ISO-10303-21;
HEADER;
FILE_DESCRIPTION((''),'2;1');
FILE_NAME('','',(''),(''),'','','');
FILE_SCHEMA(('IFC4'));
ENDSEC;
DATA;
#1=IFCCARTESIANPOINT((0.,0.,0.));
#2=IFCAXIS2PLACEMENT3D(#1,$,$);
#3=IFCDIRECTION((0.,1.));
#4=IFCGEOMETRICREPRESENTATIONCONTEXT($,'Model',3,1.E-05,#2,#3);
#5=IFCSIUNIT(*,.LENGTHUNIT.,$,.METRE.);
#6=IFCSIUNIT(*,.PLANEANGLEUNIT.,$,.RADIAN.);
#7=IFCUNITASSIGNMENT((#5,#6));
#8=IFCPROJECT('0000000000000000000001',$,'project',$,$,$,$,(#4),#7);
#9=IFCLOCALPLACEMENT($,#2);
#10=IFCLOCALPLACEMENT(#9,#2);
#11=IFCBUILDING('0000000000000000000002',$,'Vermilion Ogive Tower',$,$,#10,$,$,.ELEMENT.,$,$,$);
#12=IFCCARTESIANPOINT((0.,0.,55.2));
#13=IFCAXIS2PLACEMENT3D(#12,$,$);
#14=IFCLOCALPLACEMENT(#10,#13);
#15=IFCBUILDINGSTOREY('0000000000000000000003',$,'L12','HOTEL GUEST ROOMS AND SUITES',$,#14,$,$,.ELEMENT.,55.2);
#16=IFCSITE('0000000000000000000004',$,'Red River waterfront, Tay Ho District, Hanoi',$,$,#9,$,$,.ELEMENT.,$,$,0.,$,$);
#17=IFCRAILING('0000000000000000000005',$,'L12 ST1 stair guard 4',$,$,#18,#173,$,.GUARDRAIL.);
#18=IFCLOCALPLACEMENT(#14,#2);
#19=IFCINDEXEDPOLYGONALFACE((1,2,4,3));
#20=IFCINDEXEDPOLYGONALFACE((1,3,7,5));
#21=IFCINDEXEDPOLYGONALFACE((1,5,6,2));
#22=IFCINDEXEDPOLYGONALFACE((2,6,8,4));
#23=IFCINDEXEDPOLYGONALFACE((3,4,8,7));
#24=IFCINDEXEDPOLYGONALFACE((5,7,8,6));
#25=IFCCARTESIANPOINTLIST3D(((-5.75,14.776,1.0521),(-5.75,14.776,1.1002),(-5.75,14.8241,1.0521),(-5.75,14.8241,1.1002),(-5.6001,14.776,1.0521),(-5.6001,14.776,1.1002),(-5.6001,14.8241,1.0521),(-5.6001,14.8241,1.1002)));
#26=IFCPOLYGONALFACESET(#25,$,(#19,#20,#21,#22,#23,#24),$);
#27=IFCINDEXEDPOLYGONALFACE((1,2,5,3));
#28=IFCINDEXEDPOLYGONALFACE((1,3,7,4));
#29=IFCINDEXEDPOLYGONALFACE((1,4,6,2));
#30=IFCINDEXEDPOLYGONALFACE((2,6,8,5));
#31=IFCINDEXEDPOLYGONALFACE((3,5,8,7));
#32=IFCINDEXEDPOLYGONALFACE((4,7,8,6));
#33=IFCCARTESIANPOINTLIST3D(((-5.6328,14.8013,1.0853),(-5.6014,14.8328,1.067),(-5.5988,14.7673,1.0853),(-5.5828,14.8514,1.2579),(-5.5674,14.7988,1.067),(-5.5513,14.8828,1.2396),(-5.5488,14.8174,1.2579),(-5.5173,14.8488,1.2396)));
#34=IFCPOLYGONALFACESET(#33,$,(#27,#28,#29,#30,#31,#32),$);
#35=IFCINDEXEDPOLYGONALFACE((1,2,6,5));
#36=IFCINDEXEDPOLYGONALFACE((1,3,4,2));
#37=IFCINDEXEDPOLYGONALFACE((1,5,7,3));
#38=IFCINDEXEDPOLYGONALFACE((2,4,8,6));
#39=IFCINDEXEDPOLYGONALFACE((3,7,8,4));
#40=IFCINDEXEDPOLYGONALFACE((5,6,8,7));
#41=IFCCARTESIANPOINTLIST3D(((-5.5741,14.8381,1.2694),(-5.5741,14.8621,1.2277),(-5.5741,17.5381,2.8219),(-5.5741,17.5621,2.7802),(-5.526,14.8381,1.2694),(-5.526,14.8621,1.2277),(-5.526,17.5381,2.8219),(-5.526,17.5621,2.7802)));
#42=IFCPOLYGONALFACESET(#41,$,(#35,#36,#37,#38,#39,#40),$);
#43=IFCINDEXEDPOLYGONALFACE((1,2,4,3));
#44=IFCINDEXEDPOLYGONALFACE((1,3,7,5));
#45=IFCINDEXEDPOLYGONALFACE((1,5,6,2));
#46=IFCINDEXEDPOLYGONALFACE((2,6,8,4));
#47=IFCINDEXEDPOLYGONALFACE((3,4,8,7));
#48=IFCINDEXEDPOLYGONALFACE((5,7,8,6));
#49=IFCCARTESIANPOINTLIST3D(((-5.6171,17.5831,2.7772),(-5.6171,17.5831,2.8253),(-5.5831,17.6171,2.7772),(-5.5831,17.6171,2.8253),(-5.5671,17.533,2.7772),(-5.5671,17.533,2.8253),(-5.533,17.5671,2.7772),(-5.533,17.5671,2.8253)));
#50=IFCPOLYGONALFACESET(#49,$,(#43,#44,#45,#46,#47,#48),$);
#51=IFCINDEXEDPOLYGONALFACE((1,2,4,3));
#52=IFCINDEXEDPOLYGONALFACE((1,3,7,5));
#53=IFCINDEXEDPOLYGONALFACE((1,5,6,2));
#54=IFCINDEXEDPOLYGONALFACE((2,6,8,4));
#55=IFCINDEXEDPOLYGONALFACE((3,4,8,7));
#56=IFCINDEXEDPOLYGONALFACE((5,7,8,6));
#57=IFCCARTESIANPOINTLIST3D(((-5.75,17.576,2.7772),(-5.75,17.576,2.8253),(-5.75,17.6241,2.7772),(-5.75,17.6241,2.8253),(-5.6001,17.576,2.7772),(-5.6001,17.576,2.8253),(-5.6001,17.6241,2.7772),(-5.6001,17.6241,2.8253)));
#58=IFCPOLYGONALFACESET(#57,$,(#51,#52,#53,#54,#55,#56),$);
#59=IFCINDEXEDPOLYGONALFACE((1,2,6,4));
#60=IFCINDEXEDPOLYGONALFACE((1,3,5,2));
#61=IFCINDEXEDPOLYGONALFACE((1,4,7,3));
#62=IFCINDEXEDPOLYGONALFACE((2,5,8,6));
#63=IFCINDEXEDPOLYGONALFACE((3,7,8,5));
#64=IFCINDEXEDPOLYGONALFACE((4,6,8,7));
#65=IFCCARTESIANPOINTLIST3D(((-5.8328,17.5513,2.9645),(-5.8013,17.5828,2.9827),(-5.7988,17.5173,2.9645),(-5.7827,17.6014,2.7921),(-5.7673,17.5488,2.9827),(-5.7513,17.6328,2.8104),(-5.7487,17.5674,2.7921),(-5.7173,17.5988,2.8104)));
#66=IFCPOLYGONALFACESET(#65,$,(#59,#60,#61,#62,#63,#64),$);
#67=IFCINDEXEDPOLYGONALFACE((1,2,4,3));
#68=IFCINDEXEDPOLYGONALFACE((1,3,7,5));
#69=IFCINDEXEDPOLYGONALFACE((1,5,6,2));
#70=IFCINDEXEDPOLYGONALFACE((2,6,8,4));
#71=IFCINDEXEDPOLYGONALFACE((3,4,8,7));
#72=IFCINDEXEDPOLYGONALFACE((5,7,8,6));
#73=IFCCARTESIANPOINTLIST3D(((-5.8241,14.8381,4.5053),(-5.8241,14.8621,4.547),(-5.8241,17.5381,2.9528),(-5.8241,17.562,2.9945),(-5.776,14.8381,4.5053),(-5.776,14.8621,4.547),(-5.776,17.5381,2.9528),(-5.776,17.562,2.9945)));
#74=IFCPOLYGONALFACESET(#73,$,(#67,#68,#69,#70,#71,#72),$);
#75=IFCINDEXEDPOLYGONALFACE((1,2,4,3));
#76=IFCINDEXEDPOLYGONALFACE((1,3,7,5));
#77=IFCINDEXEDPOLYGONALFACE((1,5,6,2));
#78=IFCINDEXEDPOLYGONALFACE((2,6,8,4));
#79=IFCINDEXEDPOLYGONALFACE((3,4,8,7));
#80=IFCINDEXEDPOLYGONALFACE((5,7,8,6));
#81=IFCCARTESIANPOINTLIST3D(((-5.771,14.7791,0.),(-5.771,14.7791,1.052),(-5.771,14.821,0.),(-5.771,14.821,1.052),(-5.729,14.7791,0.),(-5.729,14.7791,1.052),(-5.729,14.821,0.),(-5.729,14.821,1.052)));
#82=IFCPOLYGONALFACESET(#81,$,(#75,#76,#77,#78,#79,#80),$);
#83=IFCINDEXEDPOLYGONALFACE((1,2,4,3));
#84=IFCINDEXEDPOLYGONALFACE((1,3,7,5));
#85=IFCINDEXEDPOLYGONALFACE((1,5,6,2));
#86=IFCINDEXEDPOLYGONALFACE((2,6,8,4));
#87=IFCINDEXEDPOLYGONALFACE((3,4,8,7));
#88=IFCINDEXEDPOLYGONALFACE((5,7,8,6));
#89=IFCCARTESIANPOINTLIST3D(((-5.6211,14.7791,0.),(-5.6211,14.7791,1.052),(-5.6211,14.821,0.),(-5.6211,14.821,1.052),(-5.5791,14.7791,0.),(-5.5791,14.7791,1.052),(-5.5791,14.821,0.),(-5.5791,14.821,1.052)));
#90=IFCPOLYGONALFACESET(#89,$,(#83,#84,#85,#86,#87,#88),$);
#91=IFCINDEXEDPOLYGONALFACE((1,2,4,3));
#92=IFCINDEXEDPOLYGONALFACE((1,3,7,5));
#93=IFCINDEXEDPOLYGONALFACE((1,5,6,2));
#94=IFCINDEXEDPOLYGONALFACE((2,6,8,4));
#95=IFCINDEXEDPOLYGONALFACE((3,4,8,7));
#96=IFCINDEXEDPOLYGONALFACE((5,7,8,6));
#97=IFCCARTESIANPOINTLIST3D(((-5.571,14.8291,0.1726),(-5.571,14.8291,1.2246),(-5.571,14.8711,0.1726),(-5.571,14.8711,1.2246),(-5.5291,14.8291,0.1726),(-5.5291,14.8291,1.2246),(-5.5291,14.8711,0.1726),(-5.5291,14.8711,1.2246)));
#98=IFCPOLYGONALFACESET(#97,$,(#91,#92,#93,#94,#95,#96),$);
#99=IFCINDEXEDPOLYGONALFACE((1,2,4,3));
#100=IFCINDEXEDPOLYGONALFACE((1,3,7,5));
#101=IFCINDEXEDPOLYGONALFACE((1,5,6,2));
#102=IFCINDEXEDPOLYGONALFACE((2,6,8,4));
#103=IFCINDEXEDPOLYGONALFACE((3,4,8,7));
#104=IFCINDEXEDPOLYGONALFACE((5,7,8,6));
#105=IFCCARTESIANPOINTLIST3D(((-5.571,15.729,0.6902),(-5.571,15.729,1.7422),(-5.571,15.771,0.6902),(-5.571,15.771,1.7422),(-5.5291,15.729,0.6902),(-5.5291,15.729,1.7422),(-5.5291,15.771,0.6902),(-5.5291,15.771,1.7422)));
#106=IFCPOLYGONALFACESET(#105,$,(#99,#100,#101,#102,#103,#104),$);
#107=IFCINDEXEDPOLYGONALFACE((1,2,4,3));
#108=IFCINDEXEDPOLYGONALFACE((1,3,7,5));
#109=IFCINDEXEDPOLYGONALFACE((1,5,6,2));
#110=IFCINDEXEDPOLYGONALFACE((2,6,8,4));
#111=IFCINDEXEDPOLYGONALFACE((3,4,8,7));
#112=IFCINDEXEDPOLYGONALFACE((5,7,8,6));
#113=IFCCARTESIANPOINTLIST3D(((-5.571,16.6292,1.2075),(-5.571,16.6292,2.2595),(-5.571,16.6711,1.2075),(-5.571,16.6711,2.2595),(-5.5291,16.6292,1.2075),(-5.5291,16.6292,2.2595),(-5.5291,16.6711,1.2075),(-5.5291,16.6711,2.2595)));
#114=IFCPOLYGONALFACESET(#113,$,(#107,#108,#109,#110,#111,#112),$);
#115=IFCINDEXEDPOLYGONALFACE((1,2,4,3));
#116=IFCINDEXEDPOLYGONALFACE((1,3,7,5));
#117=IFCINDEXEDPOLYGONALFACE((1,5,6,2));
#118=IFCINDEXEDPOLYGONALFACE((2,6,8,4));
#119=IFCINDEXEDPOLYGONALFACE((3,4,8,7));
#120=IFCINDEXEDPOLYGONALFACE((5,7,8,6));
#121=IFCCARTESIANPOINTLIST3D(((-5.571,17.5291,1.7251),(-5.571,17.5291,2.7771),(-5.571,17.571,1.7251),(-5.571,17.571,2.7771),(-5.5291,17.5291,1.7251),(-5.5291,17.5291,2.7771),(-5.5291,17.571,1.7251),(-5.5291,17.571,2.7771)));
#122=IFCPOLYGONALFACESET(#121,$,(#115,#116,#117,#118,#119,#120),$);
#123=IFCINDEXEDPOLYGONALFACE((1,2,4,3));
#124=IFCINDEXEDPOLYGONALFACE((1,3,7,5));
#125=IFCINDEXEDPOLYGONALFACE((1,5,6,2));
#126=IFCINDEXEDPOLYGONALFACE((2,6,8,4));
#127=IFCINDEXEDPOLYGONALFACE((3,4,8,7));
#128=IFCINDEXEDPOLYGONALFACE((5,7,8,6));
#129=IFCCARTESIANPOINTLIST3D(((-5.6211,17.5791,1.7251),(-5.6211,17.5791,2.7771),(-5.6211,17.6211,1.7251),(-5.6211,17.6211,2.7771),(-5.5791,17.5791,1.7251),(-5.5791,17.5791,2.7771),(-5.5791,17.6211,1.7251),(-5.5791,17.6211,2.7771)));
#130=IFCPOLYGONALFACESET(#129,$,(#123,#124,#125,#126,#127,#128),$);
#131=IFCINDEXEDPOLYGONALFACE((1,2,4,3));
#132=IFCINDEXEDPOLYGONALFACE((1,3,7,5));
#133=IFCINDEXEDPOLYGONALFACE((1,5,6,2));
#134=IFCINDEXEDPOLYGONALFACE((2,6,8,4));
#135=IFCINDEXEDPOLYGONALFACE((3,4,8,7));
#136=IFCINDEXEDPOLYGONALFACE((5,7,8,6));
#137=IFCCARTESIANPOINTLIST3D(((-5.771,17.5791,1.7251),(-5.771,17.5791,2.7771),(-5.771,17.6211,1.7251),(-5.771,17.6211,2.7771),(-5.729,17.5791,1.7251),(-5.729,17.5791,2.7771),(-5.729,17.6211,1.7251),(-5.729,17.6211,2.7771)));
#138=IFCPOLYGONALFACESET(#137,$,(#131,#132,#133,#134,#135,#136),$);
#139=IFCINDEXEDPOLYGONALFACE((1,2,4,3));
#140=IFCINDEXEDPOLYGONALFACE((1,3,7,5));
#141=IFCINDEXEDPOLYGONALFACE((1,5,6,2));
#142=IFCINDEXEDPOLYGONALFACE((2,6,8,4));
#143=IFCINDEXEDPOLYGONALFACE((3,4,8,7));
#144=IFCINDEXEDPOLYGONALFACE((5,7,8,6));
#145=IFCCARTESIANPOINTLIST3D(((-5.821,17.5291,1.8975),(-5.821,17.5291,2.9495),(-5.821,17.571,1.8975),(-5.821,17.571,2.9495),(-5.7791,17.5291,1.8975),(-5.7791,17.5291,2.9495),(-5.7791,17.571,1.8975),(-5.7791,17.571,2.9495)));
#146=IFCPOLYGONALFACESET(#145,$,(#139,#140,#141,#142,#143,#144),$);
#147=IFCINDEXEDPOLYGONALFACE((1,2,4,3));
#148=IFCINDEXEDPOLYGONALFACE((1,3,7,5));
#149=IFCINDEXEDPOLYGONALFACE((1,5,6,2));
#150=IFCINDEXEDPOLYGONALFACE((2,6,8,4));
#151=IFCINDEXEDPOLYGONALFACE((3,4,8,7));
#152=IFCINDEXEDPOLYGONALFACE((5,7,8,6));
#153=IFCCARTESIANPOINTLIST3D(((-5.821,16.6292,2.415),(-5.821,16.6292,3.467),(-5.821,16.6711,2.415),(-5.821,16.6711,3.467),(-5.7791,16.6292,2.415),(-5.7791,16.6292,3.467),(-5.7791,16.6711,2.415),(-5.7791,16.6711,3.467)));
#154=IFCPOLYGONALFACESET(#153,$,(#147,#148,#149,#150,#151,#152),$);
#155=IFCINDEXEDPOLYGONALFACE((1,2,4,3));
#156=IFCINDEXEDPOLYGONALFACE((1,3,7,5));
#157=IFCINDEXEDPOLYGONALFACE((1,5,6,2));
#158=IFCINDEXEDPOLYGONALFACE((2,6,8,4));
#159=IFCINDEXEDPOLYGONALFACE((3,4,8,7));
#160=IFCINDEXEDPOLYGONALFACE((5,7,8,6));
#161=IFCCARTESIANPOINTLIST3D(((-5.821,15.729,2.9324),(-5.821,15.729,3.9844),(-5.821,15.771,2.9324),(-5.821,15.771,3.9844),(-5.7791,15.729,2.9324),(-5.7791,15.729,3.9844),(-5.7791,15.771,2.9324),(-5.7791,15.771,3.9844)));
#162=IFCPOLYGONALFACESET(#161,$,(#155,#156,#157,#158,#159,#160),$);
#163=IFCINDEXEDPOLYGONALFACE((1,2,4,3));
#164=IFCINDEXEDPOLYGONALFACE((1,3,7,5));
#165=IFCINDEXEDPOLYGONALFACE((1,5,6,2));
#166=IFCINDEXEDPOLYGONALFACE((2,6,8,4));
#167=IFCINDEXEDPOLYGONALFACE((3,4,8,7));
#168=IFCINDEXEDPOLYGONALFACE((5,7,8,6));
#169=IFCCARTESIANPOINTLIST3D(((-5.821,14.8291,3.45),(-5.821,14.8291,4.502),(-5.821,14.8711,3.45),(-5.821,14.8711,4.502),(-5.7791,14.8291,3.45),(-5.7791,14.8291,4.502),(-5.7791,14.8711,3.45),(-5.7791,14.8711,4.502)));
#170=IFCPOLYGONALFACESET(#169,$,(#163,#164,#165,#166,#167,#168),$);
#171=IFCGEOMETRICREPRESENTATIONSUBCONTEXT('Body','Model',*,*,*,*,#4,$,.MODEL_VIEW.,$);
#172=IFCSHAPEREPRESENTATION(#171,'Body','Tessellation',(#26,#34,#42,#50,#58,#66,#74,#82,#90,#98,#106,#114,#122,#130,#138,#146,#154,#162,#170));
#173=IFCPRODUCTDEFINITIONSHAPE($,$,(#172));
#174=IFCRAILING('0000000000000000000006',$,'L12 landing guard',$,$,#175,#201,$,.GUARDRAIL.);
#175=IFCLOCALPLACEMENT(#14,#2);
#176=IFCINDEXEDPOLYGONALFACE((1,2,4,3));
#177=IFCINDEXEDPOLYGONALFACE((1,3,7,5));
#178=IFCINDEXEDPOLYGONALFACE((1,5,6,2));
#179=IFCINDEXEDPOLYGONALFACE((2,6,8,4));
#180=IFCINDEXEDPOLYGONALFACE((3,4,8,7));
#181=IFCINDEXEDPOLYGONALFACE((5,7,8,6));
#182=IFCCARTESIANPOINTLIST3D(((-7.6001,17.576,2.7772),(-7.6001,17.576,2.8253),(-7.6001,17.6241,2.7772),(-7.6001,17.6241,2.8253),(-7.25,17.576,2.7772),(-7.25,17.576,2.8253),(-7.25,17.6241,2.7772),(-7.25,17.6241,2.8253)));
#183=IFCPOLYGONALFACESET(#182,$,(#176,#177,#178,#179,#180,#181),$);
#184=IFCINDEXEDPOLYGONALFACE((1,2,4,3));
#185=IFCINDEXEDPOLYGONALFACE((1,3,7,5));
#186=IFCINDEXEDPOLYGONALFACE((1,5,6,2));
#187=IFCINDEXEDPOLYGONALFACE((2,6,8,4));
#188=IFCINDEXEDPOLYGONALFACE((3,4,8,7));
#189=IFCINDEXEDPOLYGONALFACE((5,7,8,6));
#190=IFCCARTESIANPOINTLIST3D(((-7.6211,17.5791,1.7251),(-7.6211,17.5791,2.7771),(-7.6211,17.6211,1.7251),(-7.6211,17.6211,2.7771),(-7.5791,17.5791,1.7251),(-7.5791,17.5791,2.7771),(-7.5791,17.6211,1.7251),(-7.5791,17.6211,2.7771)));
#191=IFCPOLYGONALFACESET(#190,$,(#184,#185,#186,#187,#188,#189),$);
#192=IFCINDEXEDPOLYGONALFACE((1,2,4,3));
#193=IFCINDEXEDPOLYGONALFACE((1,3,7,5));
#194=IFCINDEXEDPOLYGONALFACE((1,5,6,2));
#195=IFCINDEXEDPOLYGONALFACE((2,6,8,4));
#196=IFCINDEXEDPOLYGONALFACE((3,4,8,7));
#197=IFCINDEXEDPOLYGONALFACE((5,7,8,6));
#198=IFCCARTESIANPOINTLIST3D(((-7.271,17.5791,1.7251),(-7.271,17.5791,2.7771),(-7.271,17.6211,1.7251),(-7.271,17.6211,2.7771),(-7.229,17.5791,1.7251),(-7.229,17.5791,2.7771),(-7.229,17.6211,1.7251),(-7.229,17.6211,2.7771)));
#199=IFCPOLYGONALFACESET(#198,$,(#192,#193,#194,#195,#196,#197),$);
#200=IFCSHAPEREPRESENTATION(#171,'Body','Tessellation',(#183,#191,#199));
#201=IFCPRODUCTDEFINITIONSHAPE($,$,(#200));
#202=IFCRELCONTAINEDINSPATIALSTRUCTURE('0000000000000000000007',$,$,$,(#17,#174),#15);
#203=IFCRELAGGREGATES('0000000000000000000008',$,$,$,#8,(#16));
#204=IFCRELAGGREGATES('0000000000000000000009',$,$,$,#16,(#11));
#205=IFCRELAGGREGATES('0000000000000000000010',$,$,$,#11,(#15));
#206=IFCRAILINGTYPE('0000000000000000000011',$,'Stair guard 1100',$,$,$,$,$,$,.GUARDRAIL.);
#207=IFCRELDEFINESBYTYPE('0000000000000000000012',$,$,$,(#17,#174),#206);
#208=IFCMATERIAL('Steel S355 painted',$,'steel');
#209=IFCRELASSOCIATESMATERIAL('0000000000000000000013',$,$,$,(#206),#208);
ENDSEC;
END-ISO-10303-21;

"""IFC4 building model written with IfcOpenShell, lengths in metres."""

from ifc_helpers import new_model, si_unit, direction, frame, origin, origin_2d, place, context, subcontext, project, spatial, rectangle, extrude, material, type_object, element, save


model = new_model("IFC4")

# Units and contexts
model_context = context("Model", 3, precision=1e-05, world=origin(), true_north=direction((0.0, 1.0)))
body_context = subcontext(model_context, "Body", "Model", "MODEL_VIEW")
ifc_project = project(units=[si_unit("LENGTHUNIT", "METRE"), si_unit("PLANEANGLEUNIT", "RADIAN")], contexts=[model_context])

# Site, building, storey
site_placement = place(None, origin())
site = spatial("IfcSite", under=ifc_project, at=site_placement, Name="Red River waterfront, Tay Ho District, Hanoi", CompositionType="ELEMENT", RefElevation=0.0)
building_placement = place(site_placement, origin())
building = spatial("IfcBuilding", under=site, at=building_placement, Name="Vermilion Ogive Tower", CompositionType="ELEMENT")
storey_placement = place(building_placement, frame((0.0, 0.0, 55.2)))
storey = spatial("IfcBuildingStorey", under=building, at=storey_placement, Name="L12", Description="HOTEL GUEST ROOMS AND SUITES", CompositionType="ELEMENT", Elevation=55.2)

# Railings
ifc_material_1 = material(Name="Steel S355 painted", Category="steel")
railing_type_1 = type_object("IfcRailingType", Name="Stair guard 1100", PredefinedType="GUARDRAIL", material=ifc_material_1)
railing_1_placement = place(storey_placement, frame((-5.75, 14.8, 0.0)))
element("IfcRailing", 1, at=railing_1_placement, inside=storey, type_object=railing_type_1, Name="L12 ST1 stair guard 4", PredefinedType="GUARDRAIL", context=body_context, shape_type="SweptSolid", body=[
    extrude(rectangle(XDim=0.0481, YDim=0.0481, at=origin_2d()), frame((0.0, 0.0, 1.0762), z_axis=(1.0, 0.0, 0.0), x_axis=(0.0, 1.0, 0.0)), (0.0, 0.0, 1.0), 0.1499),
    extrude(rectangle(XDim=0.0481, YDim=0.0481, at=origin_2d()), frame((0.1499, 0.0, 1.0762), z_axis=(0.268278, 0.268278, 0.925232), x_axis=(-0.707107, 0.707107, 0.0)), (0.0, 0.0, 1.0), 0.1865),
    extrude(rectangle(XDim=0.0481, YDim=0.0481, at=origin_2d()), frame((0.2, 0.05, 1.2485), z_axis=(0.0, 0.866904, 0.498476), x_axis=(-1.0, 0.0, 0.0)), (0.0, 0.0, 1.0), 3.1145),
    extrude(rectangle(XDim=0.0481, YDim=0.0481, at=origin_2d()), frame((0.2, 2.75, 2.8013), z_axis=(-0.707107, 0.707107, 0.0), x_axis=(-0.707107, -0.707107, 0.0)), (0.0, 0.0, 1.0), 0.0708),
    extrude(rectangle(XDim=0.0481, YDim=0.0481, at=origin_2d()), frame((0.1499, 2.8, 2.8013), z_axis=(-1.0, 0.0, 0.0), x_axis=(0.0, -1.0, 0.0)), (0.0, 0.0, 1.0), 0.1499),
    extrude(rectangle(XDim=0.0481, YDim=0.0481, at=origin_2d()), frame((0.0, 2.8, 2.8013), z_axis=(-0.268603, -0.268603, 0.925043), x_axis=(0.707107, -0.707107, 0.0)), (0.0, 0.0, 1.0), 0.1863),
    extrude(rectangle(XDim=0.0481, YDim=0.0481, at=origin_2d()), frame((-0.05, 2.75, 2.9736), z_axis=(0.0, -0.866904, 0.498476), x_axis=(1.0, 0.0, 0.0)), (0.0, 0.0, 1.0), 3.1145),
    extrude(rectangle(XDim=0.042, YDim=0.042, at=origin_2d()), origin(), (0.0, 0.0, 1.0), 1.052),
    extrude(rectangle(XDim=0.042, YDim=0.042, at=origin_2d()), frame((0.1499, 0.0, 0.0)), (0.0, 0.0, 1.0), 1.052),
    extrude(rectangle(XDim=0.042, YDim=0.042, at=origin_2d()), frame((0.2, 0.05, 0.1726)), (0.0, 0.0, 1.0), 1.052),
    extrude(rectangle(XDim=0.042, YDim=0.042, at=origin_2d()), frame((0.2, 0.95, 0.6902)), (0.0, 0.0, 1.0), 1.052),
    extrude(rectangle(XDim=0.042, YDim=0.042, at=origin_2d()), frame((0.2, 1.8501, 1.2075)), (0.0, 0.0, 1.0), 1.052),
    extrude(rectangle(XDim=0.042, YDim=0.042, at=origin_2d()), frame((0.2, 2.75, 1.7251)), (0.0, 0.0, 1.0), 1.052),
    extrude(rectangle(XDim=0.042, YDim=0.042, at=origin_2d()), frame((0.1499, 2.8, 1.7251)), (0.0, 0.0, 1.0), 1.052),
    extrude(rectangle(XDim=0.042, YDim=0.042, at=origin_2d()), frame((0.0, 2.8, 1.7251)), (0.0, 0.0, 1.0), 1.052),
    extrude(rectangle(XDim=0.042, YDim=0.042, at=origin_2d()), frame((-0.05, 2.75, 1.8975)), (0.0, 0.0, 1.0), 1.052),
    extrude(rectangle(XDim=0.042, YDim=0.042, at=origin_2d()), frame((-0.05, 1.8501, 2.415)), (0.0, 0.0, 1.0), 1.052),
    extrude(rectangle(XDim=0.042, YDim=0.042, at=origin_2d()), frame((-0.05, 0.95, 2.9324)), (0.0, 0.0, 1.0), 1.052),
    extrude(rectangle(XDim=0.042, YDim=0.042, at=origin_2d()), frame((-0.05, 0.05, 3.45)), (0.0, 0.0, 1.0), 1.052),
])
railing_2_placement = place(storey_placement, frame((-7.6001, 17.6001, 1.7251)))
element("IfcRailing", 2, at=railing_2_placement, inside=storey, type_object=railing_type_1, Name="L12 landing guard", PredefinedType="GUARDRAIL", context=body_context, shape_type="SweptSolid", body=[
    extrude(rectangle(XDim=0.0481, YDim=0.0481, at=origin_2d()), frame((0.0, 0.0, 1.0762), z_axis=(1.0, 0.0, 0.0), x_axis=(0.0, 1.0, 0.0)), (0.0, 0.0, 1.0), 0.3501),
    extrude(rectangle(XDim=0.042, YDim=0.042, at=origin_2d()), origin(), (0.0, 0.0, 1.0), 1.052),
    extrude(rectangle(XDim=0.042, YDim=0.042, at=origin_2d()), frame((0.3501, 0.0, 0.0)), (0.0, 0.0, 1.0), 1.052),
])

save(model, "model.ifc")
